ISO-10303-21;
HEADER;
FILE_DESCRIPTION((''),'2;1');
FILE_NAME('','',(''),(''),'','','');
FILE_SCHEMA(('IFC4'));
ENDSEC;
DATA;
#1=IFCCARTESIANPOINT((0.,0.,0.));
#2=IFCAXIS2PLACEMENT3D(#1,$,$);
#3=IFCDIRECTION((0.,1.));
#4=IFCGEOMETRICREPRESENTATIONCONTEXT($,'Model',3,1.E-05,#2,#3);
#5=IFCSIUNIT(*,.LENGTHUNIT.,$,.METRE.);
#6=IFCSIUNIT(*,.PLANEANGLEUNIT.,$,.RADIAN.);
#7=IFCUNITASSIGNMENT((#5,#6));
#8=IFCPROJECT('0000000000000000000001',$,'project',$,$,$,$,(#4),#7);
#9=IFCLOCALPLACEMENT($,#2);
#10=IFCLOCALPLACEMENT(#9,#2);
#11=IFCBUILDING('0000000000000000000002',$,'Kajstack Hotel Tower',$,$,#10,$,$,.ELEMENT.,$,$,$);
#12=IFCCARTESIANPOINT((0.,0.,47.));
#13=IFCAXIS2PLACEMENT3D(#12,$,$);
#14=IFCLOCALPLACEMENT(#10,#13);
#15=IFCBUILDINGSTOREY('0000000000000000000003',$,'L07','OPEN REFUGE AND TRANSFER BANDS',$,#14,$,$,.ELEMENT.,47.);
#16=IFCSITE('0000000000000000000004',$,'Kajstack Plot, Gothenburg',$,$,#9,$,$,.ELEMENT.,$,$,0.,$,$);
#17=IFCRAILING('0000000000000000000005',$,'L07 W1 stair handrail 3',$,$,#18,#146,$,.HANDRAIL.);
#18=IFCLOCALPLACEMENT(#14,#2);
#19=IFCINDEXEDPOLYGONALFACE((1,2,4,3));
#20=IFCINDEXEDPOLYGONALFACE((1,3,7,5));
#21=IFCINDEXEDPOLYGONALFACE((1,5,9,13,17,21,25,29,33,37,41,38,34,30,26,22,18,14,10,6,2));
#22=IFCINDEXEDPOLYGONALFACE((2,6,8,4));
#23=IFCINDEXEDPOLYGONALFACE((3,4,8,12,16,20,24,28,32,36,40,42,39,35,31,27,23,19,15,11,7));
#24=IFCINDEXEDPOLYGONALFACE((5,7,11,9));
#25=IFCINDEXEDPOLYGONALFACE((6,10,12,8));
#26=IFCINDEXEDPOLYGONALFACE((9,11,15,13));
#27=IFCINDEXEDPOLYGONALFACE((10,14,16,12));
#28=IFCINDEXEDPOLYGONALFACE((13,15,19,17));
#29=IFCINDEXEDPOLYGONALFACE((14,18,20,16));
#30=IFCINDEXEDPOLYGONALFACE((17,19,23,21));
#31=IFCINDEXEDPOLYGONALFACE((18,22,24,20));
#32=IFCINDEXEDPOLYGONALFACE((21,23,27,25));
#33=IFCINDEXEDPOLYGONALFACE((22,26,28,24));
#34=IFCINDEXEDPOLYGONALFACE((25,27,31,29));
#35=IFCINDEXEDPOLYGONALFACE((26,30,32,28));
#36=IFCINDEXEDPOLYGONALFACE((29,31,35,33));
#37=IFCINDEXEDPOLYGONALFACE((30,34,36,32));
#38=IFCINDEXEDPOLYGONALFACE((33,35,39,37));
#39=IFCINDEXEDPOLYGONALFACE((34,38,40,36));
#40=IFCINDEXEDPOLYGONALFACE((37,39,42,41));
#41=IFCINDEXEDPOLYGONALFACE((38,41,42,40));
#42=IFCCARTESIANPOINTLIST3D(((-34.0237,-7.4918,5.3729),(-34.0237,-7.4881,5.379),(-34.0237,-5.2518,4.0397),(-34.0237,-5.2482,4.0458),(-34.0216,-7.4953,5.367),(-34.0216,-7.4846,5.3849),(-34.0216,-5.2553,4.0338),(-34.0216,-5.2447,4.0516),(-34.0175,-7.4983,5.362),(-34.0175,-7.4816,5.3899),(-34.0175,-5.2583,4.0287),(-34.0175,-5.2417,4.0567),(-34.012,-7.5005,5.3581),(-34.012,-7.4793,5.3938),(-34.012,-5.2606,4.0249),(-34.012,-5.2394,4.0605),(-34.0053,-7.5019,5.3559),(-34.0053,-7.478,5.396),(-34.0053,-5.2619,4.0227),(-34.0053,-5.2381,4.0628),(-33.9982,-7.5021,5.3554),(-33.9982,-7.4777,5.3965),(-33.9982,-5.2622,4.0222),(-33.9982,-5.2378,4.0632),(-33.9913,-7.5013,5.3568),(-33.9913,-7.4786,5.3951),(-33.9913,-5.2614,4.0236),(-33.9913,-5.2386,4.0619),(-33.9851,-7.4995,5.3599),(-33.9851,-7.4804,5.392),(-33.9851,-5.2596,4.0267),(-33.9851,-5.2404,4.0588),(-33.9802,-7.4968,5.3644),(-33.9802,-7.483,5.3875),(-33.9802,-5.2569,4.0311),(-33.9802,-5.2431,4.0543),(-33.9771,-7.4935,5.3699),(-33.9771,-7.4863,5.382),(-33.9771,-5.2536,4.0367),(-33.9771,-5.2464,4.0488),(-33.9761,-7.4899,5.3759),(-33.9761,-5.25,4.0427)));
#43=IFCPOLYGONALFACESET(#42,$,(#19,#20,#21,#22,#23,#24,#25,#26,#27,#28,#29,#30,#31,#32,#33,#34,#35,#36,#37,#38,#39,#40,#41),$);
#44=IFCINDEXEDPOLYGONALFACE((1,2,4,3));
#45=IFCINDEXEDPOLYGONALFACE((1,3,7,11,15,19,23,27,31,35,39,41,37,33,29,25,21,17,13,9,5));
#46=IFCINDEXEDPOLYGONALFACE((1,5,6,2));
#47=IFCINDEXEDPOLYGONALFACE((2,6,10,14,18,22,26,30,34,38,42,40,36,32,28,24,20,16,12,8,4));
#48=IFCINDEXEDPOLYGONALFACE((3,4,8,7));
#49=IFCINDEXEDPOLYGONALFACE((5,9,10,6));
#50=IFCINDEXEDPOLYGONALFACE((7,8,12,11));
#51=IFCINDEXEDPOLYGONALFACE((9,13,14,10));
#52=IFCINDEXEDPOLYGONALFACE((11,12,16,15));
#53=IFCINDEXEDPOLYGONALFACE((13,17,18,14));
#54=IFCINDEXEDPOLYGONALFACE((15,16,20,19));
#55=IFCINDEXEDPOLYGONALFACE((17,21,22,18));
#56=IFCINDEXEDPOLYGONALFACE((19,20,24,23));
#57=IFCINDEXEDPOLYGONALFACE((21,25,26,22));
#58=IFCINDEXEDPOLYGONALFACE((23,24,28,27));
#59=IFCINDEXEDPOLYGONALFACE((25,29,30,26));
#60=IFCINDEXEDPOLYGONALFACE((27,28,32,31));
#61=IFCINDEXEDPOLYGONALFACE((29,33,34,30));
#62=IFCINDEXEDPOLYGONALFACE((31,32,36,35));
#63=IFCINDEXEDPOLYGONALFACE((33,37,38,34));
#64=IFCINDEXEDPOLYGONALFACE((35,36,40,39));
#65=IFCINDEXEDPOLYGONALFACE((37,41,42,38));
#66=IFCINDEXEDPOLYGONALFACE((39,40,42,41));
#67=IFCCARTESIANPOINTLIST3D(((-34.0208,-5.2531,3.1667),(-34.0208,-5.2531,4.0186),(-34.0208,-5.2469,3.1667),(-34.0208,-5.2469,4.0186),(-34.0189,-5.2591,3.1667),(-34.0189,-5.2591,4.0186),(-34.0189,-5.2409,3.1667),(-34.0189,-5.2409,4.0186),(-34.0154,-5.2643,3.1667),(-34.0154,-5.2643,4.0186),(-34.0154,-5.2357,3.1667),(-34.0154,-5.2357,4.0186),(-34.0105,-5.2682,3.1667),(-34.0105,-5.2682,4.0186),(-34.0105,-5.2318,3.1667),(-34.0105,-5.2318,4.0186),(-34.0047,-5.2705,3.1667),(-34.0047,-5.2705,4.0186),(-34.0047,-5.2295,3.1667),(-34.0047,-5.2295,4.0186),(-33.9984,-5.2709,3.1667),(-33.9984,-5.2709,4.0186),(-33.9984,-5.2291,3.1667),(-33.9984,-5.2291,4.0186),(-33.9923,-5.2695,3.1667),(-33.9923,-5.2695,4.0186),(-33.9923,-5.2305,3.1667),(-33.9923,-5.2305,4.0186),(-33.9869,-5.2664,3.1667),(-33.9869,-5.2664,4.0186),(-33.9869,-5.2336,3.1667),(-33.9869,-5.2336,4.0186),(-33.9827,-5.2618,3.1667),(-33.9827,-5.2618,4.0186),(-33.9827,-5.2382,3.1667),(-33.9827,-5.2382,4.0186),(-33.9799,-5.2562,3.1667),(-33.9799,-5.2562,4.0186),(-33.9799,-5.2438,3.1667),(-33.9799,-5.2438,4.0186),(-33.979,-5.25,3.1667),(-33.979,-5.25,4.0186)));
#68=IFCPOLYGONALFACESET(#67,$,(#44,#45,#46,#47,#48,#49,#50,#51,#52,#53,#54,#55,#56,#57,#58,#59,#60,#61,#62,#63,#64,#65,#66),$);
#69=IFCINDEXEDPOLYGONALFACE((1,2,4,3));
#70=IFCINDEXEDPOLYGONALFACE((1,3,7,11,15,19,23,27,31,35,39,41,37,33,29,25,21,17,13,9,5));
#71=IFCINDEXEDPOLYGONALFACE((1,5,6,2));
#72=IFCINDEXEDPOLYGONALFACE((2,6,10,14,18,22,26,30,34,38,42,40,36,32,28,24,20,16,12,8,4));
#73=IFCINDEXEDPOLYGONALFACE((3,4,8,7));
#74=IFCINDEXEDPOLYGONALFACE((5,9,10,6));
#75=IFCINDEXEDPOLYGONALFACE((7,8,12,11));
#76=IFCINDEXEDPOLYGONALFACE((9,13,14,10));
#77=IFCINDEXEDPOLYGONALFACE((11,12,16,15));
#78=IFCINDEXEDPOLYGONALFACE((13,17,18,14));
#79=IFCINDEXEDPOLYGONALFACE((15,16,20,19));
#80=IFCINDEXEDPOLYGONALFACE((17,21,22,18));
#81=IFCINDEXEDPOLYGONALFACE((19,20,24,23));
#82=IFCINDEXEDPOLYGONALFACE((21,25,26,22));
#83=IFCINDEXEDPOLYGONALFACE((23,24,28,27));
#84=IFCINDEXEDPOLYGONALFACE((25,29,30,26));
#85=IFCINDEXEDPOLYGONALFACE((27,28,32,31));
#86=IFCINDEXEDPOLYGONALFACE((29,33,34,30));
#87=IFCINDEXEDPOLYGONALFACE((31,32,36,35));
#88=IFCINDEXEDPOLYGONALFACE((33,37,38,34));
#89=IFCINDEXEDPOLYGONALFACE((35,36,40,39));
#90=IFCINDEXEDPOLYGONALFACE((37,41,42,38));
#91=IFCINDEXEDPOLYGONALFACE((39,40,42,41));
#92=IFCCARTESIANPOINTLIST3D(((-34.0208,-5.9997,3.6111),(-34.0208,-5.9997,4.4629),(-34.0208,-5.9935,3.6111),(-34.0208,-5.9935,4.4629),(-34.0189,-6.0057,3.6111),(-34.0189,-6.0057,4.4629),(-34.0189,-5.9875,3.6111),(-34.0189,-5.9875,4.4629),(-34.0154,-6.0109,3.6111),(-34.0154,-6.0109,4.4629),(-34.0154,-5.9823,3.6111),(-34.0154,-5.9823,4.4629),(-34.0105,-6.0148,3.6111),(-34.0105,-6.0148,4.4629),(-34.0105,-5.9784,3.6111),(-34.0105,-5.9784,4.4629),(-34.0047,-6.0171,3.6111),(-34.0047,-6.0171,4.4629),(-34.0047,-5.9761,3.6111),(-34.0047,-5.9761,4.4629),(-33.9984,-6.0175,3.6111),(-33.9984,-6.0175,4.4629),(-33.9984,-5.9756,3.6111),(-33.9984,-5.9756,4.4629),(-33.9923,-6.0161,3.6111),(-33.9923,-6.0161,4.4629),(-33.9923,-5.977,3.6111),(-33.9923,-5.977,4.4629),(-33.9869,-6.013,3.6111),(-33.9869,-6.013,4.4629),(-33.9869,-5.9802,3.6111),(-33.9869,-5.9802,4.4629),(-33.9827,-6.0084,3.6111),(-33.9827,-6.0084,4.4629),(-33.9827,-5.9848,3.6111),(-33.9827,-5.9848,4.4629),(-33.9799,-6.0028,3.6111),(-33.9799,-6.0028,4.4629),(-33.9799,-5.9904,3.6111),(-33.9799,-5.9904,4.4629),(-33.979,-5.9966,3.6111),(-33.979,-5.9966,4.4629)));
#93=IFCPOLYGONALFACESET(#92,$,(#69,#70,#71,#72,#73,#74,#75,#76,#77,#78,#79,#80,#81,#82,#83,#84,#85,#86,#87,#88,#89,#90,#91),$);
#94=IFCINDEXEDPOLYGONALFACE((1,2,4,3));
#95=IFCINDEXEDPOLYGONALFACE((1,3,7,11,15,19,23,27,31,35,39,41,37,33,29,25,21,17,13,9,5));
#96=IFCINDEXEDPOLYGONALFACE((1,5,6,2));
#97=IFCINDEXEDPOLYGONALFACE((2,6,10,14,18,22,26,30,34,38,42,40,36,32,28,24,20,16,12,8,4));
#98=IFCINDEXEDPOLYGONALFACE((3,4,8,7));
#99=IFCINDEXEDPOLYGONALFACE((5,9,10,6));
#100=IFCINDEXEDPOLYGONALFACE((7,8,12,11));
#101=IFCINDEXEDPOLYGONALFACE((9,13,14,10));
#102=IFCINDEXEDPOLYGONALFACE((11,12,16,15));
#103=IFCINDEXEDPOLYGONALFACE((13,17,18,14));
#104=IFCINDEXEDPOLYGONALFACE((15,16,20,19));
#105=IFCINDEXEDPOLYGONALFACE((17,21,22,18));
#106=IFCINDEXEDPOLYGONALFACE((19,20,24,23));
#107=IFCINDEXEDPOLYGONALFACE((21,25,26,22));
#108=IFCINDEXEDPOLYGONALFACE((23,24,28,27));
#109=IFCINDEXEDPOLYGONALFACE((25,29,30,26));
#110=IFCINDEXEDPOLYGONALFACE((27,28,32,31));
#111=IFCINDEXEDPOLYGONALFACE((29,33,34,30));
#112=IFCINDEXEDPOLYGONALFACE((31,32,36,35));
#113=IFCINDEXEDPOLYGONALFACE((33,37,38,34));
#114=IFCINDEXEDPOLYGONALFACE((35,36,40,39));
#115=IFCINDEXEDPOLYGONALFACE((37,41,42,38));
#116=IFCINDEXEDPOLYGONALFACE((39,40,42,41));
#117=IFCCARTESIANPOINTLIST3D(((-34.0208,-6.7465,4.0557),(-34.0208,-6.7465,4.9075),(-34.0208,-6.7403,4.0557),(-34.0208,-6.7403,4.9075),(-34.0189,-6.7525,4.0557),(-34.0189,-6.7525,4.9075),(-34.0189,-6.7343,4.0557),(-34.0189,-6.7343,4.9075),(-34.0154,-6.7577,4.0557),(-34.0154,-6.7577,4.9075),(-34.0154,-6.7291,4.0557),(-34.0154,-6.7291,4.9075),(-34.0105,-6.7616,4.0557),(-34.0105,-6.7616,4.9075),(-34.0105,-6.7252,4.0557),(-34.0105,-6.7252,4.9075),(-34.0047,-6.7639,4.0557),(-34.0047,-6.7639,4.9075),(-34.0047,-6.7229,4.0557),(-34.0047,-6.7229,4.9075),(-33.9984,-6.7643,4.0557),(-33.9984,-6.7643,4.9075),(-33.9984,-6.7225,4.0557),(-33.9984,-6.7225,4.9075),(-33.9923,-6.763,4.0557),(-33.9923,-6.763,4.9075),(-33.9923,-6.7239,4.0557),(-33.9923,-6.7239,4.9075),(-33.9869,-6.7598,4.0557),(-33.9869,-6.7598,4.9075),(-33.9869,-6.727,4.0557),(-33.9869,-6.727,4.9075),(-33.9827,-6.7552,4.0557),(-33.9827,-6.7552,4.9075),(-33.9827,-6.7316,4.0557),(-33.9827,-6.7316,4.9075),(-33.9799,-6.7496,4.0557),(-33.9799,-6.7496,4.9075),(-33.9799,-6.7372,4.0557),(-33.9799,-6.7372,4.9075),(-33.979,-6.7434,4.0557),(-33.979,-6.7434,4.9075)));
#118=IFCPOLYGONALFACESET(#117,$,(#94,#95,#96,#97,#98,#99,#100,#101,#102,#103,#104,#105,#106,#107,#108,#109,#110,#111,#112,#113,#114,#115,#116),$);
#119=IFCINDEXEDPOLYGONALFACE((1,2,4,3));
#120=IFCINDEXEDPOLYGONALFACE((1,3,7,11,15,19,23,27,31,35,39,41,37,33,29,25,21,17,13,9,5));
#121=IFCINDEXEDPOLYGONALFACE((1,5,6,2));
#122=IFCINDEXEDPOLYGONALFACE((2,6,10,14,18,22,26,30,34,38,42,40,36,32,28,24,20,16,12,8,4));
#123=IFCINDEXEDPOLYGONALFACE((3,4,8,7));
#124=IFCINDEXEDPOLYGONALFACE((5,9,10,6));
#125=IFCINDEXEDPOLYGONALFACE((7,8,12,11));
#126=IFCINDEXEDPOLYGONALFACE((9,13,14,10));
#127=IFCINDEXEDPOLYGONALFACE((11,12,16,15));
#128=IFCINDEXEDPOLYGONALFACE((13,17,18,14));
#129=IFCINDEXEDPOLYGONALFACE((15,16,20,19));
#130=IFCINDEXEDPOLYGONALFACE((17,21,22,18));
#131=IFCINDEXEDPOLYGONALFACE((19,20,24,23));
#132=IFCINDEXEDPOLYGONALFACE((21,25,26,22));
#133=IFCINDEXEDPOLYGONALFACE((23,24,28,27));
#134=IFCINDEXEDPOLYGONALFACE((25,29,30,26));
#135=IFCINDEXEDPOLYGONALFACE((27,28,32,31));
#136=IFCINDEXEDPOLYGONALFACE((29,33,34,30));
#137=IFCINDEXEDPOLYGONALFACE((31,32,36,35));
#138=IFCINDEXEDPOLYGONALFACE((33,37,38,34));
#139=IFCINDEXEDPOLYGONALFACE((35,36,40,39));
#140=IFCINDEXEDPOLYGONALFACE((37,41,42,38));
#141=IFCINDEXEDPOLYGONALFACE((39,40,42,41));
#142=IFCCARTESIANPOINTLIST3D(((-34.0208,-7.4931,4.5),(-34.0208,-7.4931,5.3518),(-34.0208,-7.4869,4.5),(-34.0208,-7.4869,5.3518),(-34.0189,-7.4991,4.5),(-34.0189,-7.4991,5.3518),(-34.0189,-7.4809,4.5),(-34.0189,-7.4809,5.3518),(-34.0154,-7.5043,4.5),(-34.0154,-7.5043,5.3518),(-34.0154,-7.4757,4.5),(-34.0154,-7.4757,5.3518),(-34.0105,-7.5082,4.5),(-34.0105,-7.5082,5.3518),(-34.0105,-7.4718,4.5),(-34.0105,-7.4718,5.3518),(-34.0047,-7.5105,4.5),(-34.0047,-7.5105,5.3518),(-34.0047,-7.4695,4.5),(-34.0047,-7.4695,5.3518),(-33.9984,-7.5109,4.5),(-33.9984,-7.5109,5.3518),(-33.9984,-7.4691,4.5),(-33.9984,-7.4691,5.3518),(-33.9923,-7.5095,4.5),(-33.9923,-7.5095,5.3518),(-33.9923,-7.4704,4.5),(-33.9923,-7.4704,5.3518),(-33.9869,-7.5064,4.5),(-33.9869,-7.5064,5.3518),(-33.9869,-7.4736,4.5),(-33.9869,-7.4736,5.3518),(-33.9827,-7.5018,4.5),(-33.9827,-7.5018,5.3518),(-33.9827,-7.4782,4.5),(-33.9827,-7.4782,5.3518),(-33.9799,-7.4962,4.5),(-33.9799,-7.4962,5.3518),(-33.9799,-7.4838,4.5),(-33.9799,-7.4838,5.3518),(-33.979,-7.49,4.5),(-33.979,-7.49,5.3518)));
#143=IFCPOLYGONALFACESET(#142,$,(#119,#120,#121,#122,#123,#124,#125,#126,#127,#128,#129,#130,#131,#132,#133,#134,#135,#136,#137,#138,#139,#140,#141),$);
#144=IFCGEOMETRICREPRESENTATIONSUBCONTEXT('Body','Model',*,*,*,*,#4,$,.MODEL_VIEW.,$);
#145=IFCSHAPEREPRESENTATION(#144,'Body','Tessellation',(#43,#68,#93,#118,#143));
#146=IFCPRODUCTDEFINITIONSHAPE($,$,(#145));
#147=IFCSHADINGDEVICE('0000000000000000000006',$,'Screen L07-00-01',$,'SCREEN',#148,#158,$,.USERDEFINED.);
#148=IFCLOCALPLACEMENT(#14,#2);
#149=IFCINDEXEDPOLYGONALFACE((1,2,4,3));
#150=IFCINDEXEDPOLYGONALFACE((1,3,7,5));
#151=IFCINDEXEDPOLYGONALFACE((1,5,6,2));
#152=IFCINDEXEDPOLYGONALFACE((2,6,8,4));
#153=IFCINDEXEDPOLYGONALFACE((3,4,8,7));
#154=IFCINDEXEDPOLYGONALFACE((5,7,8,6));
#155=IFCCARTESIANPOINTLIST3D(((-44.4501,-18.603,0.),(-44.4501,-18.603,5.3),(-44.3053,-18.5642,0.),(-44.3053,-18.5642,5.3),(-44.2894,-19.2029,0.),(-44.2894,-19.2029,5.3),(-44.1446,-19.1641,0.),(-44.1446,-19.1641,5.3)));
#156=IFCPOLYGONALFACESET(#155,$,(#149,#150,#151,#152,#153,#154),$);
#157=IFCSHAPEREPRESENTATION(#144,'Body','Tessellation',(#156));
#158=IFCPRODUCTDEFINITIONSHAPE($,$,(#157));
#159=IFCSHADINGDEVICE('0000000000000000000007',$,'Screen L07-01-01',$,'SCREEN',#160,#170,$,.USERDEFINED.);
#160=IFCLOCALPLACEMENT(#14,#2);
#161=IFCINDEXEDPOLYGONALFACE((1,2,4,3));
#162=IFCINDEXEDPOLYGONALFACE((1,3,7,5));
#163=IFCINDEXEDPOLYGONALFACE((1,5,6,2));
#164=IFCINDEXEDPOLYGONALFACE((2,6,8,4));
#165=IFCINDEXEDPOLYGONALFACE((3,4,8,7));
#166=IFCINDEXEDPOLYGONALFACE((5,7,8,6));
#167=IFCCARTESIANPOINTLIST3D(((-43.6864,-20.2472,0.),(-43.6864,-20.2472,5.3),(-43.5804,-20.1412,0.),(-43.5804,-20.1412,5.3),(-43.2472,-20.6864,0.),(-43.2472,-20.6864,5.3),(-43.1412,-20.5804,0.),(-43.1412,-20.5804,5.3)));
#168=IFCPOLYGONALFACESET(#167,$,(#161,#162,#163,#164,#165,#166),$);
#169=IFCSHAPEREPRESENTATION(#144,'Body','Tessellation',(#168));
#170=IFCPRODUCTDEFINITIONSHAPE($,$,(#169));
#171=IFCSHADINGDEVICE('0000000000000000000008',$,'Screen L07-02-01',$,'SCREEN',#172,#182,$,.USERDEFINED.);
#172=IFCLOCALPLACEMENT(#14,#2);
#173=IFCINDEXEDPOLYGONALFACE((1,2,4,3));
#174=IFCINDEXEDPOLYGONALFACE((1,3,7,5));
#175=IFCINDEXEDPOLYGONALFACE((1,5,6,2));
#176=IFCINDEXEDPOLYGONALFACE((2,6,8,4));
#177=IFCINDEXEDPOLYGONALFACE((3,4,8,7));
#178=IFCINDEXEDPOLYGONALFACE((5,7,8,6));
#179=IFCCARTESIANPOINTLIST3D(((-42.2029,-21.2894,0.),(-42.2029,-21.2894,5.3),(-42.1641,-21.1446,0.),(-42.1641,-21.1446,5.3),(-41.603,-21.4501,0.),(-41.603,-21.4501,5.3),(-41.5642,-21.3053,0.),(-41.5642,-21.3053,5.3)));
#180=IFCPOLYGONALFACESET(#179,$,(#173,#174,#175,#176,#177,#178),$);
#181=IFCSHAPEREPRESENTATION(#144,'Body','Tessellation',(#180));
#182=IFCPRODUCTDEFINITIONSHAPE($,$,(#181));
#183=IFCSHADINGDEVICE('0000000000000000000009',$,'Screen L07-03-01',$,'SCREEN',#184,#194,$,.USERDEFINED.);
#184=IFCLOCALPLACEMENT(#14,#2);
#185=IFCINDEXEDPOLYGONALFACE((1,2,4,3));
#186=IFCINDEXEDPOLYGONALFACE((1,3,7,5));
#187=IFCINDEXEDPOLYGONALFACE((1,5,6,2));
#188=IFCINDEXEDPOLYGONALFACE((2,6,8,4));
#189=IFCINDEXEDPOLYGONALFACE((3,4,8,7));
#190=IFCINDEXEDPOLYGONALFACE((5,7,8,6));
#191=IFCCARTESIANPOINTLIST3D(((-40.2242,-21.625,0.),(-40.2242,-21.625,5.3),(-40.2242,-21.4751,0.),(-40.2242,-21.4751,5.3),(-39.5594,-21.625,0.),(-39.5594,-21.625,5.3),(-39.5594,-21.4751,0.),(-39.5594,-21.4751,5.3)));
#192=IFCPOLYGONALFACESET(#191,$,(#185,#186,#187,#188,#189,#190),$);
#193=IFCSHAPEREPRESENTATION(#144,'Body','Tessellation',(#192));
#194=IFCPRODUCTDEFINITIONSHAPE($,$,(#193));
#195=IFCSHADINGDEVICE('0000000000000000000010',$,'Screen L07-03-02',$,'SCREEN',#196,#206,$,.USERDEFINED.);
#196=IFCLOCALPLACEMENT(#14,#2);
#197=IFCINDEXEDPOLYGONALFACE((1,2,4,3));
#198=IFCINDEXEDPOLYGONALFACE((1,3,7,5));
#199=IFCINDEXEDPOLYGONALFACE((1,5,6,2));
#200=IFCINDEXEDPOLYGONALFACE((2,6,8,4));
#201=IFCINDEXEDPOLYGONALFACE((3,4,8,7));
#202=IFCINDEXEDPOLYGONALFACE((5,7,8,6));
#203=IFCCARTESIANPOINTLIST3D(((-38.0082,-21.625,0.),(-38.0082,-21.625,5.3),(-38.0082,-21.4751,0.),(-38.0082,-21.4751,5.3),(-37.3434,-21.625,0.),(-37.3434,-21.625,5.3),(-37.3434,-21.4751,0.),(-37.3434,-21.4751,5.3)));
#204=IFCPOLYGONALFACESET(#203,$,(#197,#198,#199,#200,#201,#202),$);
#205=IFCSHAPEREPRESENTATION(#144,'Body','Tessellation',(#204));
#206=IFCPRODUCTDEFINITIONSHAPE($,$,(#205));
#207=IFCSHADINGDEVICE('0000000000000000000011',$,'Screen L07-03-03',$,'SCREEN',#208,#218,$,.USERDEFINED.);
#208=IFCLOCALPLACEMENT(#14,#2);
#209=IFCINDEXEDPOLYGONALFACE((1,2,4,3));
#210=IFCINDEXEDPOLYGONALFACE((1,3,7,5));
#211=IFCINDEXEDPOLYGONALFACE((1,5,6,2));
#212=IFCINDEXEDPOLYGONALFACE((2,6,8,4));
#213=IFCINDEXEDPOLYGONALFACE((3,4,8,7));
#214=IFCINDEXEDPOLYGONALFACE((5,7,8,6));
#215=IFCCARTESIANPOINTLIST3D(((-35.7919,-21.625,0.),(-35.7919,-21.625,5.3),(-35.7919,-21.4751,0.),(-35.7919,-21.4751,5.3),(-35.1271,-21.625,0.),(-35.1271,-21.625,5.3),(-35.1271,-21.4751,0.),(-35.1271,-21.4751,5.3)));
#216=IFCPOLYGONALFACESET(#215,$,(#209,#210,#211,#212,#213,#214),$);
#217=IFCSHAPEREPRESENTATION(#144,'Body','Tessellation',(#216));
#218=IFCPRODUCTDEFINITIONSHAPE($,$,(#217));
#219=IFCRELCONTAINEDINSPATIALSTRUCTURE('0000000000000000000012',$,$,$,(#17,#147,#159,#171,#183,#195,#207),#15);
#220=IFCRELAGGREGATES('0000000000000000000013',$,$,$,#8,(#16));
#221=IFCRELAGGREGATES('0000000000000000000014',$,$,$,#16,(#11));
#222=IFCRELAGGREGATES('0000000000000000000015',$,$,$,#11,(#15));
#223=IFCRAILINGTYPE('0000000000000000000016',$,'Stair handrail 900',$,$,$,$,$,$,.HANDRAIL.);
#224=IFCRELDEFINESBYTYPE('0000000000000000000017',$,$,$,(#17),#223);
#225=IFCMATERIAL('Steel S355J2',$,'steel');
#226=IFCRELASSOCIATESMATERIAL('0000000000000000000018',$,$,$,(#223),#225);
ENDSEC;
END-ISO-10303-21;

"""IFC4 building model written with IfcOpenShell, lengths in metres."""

from ifc_helpers import new_model, si_unit, direction, frame, origin, origin_2d, place, context, subcontext, project, spatial, rectangle, circle, extrude, material, type_object, element, save


model = new_model("IFC4")

# Units and contexts
model_context = context("Model", 3, precision=1e-05, world=origin(), true_north=direction((0.0, 1.0)))
body_context = subcontext(model_context, "Body", "Model", "MODEL_VIEW")
ifc_project = project(units=[si_unit("LENGTHUNIT", "METRE"), si_unit("PLANEANGLEUNIT", "RADIAN")], contexts=[model_context])

# Site, building, storey
site_placement = place(None, origin())
site = spatial("IfcSite", under=ifc_project, at=site_placement, Name="Kajstack Plot, Gothenburg", CompositionType="ELEMENT", RefElevation=0.0)
building_placement = place(site_placement, origin())
building = spatial("IfcBuilding", under=site, at=building_placement, Name="Kajstack Hotel Tower", CompositionType="ELEMENT")
storey_placement = place(building_placement, frame((0.0, 0.0, 47.0)))
storey = spatial("IfcBuildingStorey", under=building, at=storey_placement, Name="L07", Description="OPEN REFUGE AND TRANSFER BANDS", CompositionType="ELEMENT", Elevation=47.0)

# Railing
ifc_material_1 = material(Name="Steel S355J2", Category="steel")
railing_type_1 = type_object("IfcRailingType", Name="Stair handrail 900", PredefinedType="HANDRAIL", material=ifc_material_1)
for number, where, name in (
    (1, (-34.0, -5.25, 3.1667), "L07 W1 stair handrail 3"),
):
    element("IfcRailing", number, at=place(storey_placement, frame(where)), inside=storey, type_object=railing_type_1, Name=name, PredefinedType="HANDRAIL", context=body_context, shape_type="SweptSolid", body=[
        extrude(circle(Radius=0.0239, at=origin_2d()), frame((0.0, 0.0, 0.876), z_axis=(0.0, -0.859306, 0.511462), x_axis=(1.0, 0.0, 0.0)), (0.0, 0.0, 1.0), 2.6067),
        extrude(circle(Radius=0.021, at=origin_2d()), origin(), (0.0, 0.0, 1.0), 0.8518),
        extrude(circle(Radius=0.021, at=origin_2d()), frame((0.0, -0.7466, 0.4443)), (0.0, 0.0, 1.0), 0.8518),
        extrude(circle(Radius=0.021, at=origin_2d()), frame((0.0, -1.4934, 0.8889)), (0.0, 0.0, 1.0), 0.8518),
        extrude(circle(Radius=0.021, at=origin_2d()), frame((0.0, -2.24, 1.3333)), (0.0, 0.0, 1.0), 0.8518),
    ])

# Shading devices
for number, where, z_axis, x_axis, name in (
    (2, (-44.2974, -18.8835, 0.0), (0.0, 0.0, 1.0), (0.25882, -0.965926, 0.0), "Screen L07-00-01"),
    (3, (-43.4138, -20.4138, 0.0), (0.0, 0.0, 1.0), (0.707107, -0.707107, 0.0), "Screen L07-01-01"),
    (4, (-41.8835, -21.2974, 0.0), (0.0, 0.0, 1.0), (0.965926, -0.25882, 0.0), "Screen L07-02-01"),
):
    element("IfcShadingDevice", number, at=place(storey_placement, frame(where, z_axis=z_axis, x_axis=x_axis)), inside=storey, Name=name, ObjectType="SCREEN", PredefinedType="USERDEFINED", context=body_context, shape_type="SweptSolid", body=[
        extrude(rectangle(XDim=0.6211, YDim=0.1499, at=origin_2d()), origin(), (0.0, 0.0, 1.0), 5.3),
    ])
for number, where, z_axis, x_axis, name in (
    (5, (-39.8918, -21.55, 0.0), (0.0, 0.0, 1.0), (1.0, 0.0, 0.0), "Screen L07-03-01"),
    (6, (-37.6758, -21.55, 0.0), (0.0, 0.0, 1.0), (1.0, 0.0, 0.0), "Screen L07-03-02"),
    (7, (-35.4595, -21.55, 0.0), (0.0, 0.0, 1.0), (1.0, 0.0, 0.0), "Screen L07-03-03"),
):
    element("IfcShadingDevice", number, at=place(storey_placement, frame(where, z_axis=z_axis, x_axis=x_axis)), inside=storey, Name=name, ObjectType="SCREEN", PredefinedType="USERDEFINED", context=body_context, shape_type="SweptSolid", body=[
        extrude(rectangle(XDim=0.6648, YDim=0.1499, at=origin_2d()), origin(), (0.0, 0.0, 1.0), 5.3),
    ])

save(model, "model.ifc")
